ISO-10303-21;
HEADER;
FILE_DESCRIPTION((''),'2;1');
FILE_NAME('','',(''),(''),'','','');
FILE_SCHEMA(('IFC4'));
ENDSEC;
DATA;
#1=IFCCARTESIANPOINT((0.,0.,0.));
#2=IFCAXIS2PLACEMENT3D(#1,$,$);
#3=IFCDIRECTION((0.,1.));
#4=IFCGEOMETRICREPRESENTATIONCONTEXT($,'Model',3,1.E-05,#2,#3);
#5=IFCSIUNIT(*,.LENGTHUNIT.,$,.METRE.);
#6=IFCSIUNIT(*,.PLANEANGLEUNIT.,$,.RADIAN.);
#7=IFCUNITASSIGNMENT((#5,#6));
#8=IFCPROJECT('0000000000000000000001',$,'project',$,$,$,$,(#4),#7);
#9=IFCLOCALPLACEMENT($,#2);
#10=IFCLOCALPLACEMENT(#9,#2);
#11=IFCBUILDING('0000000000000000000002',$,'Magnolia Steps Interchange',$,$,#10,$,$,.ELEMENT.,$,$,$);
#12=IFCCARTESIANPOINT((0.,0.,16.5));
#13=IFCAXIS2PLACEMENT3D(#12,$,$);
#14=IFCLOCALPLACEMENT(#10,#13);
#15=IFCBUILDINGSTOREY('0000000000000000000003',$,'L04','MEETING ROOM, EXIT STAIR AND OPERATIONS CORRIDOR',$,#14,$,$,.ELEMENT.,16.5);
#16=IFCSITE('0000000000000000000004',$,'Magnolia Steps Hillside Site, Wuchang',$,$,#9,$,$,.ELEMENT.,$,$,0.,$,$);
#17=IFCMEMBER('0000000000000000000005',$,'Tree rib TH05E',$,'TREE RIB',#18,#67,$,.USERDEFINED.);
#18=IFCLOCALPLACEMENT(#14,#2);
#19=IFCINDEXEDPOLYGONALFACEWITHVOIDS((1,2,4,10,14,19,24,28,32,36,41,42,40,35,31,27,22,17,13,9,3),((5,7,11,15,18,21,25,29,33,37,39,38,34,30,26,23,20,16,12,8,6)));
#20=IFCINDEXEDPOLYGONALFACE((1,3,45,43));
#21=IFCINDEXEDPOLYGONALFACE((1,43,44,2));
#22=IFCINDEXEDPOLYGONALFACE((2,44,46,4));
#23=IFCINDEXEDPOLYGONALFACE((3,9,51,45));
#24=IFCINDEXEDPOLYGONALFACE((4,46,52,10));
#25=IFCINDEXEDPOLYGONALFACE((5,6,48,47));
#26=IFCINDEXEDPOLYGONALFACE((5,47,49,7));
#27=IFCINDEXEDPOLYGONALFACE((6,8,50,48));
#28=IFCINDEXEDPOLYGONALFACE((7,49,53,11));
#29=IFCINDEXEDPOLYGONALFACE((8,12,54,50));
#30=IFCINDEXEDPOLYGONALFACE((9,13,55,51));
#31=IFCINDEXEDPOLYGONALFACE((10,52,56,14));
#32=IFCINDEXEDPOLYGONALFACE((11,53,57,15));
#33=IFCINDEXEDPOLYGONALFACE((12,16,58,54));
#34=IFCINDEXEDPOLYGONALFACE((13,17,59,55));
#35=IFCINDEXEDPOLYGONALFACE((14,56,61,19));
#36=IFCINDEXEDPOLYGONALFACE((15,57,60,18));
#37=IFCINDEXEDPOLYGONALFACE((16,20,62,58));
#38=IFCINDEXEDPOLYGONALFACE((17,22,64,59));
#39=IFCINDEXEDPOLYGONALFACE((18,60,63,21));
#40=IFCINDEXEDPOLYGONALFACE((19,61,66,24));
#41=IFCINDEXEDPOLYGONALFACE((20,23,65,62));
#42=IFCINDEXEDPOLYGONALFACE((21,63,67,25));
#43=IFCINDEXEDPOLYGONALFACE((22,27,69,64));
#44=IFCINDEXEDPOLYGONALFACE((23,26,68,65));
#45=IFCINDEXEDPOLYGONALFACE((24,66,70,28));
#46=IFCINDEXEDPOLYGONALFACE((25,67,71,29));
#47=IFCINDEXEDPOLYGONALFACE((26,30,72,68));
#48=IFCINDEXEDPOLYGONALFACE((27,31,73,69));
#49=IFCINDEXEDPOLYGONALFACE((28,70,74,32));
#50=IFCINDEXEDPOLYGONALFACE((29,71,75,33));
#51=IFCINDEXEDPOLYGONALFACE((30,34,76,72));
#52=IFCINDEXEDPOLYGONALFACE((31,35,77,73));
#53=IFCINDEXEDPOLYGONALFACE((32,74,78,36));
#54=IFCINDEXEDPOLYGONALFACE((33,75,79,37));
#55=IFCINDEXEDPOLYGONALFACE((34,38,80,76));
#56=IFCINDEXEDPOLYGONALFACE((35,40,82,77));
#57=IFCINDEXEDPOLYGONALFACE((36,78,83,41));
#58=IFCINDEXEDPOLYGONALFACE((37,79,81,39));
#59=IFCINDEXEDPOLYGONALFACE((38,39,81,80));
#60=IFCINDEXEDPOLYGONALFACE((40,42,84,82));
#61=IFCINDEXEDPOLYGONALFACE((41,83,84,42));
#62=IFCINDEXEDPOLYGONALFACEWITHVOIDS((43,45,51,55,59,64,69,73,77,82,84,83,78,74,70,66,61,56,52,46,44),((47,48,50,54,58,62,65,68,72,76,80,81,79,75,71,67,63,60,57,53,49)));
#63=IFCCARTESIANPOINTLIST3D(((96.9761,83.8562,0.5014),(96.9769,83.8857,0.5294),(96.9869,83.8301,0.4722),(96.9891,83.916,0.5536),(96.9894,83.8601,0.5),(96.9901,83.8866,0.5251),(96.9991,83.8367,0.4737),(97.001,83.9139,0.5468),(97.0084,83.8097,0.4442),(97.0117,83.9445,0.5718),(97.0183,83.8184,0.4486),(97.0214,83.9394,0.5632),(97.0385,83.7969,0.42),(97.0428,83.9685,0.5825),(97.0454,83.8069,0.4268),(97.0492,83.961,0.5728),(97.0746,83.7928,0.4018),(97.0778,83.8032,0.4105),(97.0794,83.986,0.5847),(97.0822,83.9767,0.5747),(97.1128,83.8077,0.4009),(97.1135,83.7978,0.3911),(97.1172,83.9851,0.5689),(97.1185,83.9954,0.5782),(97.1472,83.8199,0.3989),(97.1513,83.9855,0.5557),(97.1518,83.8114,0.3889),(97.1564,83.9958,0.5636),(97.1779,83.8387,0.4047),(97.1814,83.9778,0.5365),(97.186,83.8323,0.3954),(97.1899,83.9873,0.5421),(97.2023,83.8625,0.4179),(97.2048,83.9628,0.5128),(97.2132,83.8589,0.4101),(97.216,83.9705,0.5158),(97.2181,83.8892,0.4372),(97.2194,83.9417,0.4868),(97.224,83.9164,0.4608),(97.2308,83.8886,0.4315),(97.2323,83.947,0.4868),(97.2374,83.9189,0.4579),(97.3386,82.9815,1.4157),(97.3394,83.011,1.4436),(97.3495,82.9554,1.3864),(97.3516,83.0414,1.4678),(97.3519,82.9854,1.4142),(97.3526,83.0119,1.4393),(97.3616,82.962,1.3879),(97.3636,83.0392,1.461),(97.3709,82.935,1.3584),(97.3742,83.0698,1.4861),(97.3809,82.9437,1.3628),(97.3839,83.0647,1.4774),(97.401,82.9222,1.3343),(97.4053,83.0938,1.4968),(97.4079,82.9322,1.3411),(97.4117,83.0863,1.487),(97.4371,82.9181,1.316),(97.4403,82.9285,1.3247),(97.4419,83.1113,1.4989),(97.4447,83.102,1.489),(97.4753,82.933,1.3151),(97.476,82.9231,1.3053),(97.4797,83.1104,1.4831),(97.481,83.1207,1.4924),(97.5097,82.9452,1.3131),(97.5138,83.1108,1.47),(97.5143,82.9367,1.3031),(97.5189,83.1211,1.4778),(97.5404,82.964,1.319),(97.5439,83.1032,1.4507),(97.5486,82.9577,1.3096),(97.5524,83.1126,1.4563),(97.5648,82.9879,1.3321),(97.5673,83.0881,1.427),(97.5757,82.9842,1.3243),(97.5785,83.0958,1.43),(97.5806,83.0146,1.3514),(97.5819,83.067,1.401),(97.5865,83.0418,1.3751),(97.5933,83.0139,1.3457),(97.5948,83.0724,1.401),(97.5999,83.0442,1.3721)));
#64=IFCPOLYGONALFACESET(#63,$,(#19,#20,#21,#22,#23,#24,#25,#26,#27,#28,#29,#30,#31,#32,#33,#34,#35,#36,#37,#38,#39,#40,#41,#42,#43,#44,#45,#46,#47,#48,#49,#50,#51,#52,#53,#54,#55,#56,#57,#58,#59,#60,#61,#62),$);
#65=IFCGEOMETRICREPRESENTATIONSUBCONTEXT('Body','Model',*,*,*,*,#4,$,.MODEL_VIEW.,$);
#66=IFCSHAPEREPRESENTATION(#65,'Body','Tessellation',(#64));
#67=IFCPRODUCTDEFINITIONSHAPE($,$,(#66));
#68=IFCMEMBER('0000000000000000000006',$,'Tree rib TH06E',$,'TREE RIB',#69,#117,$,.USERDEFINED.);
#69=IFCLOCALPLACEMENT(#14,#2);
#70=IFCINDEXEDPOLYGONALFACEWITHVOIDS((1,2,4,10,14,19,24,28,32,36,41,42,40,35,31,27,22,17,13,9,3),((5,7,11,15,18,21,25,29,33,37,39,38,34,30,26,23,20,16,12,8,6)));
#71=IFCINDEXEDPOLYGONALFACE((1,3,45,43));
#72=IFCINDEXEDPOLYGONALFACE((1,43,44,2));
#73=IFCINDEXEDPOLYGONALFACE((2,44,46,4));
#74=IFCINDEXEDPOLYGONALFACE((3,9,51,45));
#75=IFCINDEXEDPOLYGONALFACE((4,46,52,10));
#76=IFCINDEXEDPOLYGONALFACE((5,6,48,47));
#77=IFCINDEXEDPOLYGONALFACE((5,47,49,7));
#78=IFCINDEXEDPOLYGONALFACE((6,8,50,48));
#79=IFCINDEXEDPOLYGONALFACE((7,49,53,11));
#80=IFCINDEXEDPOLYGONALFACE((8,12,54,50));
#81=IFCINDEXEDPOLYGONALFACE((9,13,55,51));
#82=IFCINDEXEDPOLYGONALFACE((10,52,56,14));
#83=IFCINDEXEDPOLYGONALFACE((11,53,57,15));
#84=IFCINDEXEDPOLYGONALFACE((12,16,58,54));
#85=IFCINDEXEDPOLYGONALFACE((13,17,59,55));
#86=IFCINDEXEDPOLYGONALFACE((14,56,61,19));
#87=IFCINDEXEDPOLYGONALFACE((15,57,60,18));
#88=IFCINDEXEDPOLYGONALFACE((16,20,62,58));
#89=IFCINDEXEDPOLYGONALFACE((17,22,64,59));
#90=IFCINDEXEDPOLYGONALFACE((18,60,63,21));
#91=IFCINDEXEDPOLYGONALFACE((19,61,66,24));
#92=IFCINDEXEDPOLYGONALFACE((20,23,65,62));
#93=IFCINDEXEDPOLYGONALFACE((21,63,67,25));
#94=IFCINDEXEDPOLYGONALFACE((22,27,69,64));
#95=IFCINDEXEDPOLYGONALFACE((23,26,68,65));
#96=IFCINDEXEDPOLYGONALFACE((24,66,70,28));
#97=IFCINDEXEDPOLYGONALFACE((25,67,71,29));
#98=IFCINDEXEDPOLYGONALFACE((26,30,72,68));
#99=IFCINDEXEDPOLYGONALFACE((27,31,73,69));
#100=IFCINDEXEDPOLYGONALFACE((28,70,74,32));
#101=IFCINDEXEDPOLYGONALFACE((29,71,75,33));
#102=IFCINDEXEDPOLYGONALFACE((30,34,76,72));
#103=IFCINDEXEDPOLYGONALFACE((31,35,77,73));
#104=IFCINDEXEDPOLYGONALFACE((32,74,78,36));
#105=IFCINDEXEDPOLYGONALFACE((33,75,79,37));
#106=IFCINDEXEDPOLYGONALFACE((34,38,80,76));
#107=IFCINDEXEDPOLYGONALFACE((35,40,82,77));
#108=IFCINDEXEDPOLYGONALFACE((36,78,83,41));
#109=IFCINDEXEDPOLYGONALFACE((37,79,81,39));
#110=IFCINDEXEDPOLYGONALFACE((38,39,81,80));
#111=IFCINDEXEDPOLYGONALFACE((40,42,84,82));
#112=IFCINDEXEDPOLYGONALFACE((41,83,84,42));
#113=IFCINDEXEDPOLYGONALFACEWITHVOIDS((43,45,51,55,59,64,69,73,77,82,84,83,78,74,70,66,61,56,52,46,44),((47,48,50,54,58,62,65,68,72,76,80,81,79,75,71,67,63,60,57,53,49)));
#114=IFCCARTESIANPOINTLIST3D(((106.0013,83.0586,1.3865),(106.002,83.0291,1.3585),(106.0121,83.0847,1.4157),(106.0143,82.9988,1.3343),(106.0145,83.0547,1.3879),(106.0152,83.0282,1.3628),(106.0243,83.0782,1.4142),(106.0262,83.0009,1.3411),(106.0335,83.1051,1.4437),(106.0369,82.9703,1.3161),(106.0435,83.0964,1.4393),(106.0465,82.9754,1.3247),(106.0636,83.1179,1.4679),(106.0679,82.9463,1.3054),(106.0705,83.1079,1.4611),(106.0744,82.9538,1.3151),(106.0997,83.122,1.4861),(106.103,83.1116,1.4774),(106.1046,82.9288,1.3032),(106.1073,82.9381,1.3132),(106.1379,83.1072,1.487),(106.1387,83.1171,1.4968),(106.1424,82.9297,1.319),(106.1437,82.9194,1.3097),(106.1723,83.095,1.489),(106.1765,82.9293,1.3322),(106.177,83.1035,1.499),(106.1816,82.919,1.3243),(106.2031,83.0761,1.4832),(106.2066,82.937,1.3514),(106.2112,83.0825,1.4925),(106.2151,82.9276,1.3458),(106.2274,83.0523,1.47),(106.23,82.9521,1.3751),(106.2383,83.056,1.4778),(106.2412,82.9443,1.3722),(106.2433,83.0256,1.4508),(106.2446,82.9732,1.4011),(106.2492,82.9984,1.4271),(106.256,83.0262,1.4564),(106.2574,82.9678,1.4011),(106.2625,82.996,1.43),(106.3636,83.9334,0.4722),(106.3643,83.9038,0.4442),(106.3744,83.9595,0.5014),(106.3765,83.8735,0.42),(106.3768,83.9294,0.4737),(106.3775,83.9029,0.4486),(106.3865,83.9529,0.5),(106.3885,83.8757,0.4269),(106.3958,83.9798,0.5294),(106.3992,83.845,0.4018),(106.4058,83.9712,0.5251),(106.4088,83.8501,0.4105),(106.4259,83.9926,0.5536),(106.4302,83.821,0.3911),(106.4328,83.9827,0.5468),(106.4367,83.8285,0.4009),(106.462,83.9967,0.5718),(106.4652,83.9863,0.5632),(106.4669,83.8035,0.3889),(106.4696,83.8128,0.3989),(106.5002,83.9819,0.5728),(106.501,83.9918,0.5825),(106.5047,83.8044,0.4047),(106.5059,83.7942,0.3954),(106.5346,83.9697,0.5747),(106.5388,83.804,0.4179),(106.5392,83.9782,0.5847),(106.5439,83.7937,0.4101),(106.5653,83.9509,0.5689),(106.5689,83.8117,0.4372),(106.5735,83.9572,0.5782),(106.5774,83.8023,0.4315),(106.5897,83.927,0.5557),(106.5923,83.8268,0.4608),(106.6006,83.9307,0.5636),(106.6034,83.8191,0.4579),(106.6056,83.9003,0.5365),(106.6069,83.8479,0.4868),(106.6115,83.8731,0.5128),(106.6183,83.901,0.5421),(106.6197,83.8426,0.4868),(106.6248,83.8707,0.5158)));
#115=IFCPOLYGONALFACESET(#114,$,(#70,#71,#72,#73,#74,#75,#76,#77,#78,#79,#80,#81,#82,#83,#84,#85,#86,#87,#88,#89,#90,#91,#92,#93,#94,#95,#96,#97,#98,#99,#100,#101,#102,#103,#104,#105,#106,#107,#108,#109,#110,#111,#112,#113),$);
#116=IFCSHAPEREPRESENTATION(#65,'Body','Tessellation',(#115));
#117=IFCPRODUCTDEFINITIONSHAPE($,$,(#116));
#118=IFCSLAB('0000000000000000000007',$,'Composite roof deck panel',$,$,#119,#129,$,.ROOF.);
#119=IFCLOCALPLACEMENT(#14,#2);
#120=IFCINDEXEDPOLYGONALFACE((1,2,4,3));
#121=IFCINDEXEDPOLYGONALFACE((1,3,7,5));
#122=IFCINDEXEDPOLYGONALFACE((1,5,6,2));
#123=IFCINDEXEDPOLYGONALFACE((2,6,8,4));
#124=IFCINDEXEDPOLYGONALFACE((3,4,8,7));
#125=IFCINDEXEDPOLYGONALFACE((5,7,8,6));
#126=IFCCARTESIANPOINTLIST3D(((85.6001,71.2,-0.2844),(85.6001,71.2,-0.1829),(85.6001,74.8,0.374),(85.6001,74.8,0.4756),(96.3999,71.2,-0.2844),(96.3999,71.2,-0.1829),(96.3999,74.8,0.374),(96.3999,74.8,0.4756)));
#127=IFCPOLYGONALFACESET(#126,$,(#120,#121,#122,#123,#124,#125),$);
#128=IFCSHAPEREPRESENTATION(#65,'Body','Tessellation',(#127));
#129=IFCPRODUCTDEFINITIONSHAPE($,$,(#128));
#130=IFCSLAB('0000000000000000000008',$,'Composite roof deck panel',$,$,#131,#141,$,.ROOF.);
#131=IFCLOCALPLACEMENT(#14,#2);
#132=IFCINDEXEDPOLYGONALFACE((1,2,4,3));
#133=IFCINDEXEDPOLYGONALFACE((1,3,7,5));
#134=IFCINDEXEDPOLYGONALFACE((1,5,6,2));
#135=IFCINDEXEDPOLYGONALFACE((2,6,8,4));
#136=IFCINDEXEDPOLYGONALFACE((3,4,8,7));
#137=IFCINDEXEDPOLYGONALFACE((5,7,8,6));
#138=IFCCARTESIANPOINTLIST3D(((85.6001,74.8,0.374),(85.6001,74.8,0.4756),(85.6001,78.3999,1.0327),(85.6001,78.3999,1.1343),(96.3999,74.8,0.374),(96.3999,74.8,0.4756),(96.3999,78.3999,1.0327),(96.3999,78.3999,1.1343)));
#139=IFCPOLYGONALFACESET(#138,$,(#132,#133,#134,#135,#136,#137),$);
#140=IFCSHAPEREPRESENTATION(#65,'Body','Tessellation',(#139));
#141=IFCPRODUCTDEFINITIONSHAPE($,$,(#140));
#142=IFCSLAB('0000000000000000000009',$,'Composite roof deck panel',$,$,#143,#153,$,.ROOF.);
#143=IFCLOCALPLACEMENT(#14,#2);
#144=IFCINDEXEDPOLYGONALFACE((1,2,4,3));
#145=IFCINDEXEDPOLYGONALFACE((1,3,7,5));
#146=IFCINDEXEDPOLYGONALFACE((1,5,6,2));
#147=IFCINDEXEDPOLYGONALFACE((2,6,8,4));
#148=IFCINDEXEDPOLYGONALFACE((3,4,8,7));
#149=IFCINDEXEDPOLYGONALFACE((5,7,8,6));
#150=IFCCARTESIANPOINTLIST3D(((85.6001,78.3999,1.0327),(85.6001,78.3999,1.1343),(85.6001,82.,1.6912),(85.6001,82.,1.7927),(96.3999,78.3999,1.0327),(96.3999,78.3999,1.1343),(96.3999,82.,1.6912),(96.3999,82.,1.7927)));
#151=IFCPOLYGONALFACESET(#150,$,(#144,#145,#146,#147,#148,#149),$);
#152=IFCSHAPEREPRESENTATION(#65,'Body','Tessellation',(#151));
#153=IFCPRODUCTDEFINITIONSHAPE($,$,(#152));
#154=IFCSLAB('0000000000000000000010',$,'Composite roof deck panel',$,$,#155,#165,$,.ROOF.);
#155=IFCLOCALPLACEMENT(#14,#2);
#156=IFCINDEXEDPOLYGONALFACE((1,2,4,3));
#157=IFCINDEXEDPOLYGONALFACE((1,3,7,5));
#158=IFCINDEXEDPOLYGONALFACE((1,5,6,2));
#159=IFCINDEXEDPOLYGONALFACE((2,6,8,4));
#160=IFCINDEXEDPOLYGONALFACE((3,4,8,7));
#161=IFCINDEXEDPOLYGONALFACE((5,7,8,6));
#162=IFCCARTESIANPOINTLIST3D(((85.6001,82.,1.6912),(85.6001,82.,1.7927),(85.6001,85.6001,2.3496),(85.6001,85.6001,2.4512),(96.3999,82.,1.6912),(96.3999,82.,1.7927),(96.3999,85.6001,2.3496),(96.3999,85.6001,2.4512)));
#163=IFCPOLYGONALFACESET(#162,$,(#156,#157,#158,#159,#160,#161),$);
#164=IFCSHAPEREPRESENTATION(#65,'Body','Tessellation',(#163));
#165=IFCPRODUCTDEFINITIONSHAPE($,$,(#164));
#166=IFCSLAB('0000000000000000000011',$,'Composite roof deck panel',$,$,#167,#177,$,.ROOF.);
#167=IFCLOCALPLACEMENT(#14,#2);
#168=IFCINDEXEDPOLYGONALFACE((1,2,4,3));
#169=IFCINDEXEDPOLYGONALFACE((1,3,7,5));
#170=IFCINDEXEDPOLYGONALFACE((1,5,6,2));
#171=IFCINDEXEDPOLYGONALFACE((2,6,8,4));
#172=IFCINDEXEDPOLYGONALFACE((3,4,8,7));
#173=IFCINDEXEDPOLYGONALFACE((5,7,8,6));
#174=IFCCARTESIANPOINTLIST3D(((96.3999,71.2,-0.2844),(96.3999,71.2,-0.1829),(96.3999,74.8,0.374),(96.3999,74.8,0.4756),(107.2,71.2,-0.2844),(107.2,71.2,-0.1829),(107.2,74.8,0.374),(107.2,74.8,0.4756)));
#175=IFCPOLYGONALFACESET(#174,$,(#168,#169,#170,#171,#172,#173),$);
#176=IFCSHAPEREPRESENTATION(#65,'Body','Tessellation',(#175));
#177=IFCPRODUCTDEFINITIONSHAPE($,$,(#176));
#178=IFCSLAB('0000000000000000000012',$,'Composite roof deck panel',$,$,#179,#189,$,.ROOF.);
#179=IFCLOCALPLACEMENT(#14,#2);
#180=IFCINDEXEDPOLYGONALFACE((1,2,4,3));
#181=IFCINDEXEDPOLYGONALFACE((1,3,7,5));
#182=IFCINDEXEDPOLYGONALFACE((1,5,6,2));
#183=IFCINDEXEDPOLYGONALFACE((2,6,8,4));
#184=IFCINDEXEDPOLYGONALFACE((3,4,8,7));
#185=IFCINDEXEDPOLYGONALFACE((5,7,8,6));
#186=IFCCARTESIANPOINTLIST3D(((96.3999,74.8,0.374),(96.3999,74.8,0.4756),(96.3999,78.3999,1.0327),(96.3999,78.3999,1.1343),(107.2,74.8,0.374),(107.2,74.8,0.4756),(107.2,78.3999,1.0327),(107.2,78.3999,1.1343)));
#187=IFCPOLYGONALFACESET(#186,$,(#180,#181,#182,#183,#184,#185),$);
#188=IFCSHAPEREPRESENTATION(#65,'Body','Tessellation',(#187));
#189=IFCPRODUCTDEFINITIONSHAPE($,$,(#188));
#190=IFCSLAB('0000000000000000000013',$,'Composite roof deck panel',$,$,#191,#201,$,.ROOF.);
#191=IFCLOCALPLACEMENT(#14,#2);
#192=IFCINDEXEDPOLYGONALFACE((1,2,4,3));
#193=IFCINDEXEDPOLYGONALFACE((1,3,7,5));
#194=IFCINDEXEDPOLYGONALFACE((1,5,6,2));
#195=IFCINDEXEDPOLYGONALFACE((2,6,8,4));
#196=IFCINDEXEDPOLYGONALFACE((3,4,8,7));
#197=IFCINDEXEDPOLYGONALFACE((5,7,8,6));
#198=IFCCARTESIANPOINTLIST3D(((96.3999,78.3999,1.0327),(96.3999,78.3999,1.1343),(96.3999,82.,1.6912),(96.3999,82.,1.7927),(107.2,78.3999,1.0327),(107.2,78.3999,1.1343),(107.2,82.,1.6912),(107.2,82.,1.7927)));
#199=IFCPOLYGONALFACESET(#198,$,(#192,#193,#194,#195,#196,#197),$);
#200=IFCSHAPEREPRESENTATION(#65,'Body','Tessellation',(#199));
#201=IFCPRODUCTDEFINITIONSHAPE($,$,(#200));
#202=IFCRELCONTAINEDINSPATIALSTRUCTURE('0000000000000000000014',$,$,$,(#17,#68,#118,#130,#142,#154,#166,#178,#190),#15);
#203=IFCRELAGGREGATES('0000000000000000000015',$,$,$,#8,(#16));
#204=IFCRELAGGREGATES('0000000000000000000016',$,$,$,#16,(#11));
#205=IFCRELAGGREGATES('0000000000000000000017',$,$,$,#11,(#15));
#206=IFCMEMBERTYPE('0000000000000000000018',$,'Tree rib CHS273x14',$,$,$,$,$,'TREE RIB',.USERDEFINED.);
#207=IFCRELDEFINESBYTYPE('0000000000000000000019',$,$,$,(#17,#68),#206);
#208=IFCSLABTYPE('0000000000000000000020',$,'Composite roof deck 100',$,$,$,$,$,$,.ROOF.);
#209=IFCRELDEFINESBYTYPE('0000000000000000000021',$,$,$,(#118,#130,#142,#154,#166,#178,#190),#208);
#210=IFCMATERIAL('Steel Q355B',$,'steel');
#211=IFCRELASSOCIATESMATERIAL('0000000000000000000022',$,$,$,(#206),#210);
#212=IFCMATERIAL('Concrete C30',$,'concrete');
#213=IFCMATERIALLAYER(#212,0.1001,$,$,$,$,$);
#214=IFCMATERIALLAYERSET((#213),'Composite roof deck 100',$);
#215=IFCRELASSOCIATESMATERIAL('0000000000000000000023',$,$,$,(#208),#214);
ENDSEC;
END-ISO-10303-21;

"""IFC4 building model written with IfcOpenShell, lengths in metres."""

from ifc_helpers import new_model, si_unit, direction, frame, origin, origin_2d, place, context, subcontext, project, spatial, polyline, hollow_circle, outline, extrude, material, layer, layer_set, material_profile, profile_set, type_object, element, save


model = new_model("IFC4")

# Units and contexts
model_context = context("Model", 3, precision=1e-05, world=origin(), true_north=direction((0.0, 1.0)))
body_context = subcontext(model_context, "Body", "Model", "MODEL_VIEW")
ifc_project = project(units=[si_unit("LENGTHUNIT", "METRE"), si_unit("PLANEANGLEUNIT", "RADIAN")], contexts=[model_context])

# Site, building, storey
site_placement = place(None, origin())
site = spatial("IfcSite", under=ifc_project, at=site_placement, Name="Magnolia Steps Hillside Site, Wuchang", CompositionType="ELEMENT", RefElevation=0.0)
building_placement = place(site_placement, origin())
building = spatial("IfcBuilding", under=site, at=building_placement, Name="Magnolia Steps Interchange", CompositionType="ELEMENT")
storey_placement = place(building_placement, frame((0.0, 0.0, 16.5)))
storey = spatial("IfcBuildingStorey", under=building, at=storey_placement, Name="L04", Description="MEETING ROOM, EXIT STAIR AND OPERATIONS CORRIDOR", CompositionType="ELEMENT", Elevation=16.5)

# Members
ifc_material_1 = material(Name="Steel Q355B", Category="steel")
ifc_material_profile_1 = material_profile(ifc_material_1, hollow_circle(Radius=0.1365, WallThickness=0.0139, at=origin_2d()), Name="CHS273x14")
ifc_profile_set_1 = profile_set([ifc_material_profile_1], Name="Steel Q355B")
member_type_1 = type_object("IfcMemberType", Name="Tree rib CHS273x14", ElementType="TREE RIB", PredefinedType="USERDEFINED", material=ifc_profile_set_1)
for number, where, z_axis, x_axis, name in (
    (1, (97.1062, 83.8948, 0.4868), (0.275434, -0.664566, 0.694613), (0.9238, 0.382876, 0.0), "Tree rib TH05E"),
    (2, (106.4937, 83.8948, 0.4868), (-0.275263, -0.6646, 0.694649), (0.923891, -0.382655, 0.0), "Tree rib TH06E"),
):
    element("IfcMember", number, at=place(storey_placement, frame(where, z_axis=z_axis, x_axis=x_axis)), inside=storey, type_object=member_type_1, Name=name, ObjectType="TREE RIB", PredefinedType="USERDEFINED", context=body_context, shape_type="SweptSolid", body=[
        extrude(hollow_circle(Radius=0.1365, WallThickness=0.0139, at=origin_2d()), origin(), (0.0, 0.0, 1.0), 1.3162),
    ])

# Slabs
ifc_material_2 = material(Name="Concrete C30", Category="concrete")
ifc_layer = layer(ifc_material_2, 0.1001)
ifc_layer_set = layer_set([ifc_layer], Name="Composite roof deck 100")
slab_type = type_object("IfcSlabType", Name="Composite roof deck 100", PredefinedType="ROOF", material=ifc_layer_set)
slab_1_placement = place(storey_placement, frame((96.3999, 71.2, -0.1829), z_axis=(0.0, -0.179913, 0.983683), x_axis=(0.0, 0.983683, 0.179913)))
element("IfcSlab", 3, at=slab_1_placement, inside=storey, type_object=slab_type, Name="Composite roof deck panel", PredefinedType="ROOF", context=body_context, shape_type="SweptSolid", body=[
    extrude(outline(polyline([(0.0, 0.0), (3.6598, 0.0), (3.6598, 10.7998), (0.0, 10.7998), (0.0, 0.0)])), origin(), (-0.179913, 0.0, -0.983683), 0.1016),
])
slab_2_placement = place(storey_placement, frame((96.3999, 74.8, 0.4756), z_axis=(0.0, -0.179989, 0.983669), x_axis=(0.0, 0.983669, 0.179989)))
element("IfcSlab", 4, at=slab_2_placement, inside=storey, type_object=slab_type, Name="Composite roof deck panel", PredefinedType="ROOF", context=body_context, shape_type="SweptSolid", body=[
    extrude(outline(polyline([(0.0, 0.0), (3.6596, 0.0), (3.6596, 10.7998), (0.0, 10.7998), (0.0, 0.0)])), origin(), (-0.179989, 0.0, -0.983669), 0.1016),
])
for number, where, z_axis, x_axis, name in (
    (5, (96.3999, 78.3999, 1.1343), (0.0, -0.179913, 0.983683), (0.0, 0.983683, 0.179913), "Composite roof deck panel"),
    (6, (96.3999, 82.0, 1.7927), (0.0, -0.179913, 0.983683), (0.0, 0.983683, 0.179913), "Composite roof deck panel"),
):
    element("IfcSlab", number, at=place(storey_placement, frame(where, z_axis=z_axis, x_axis=x_axis)), inside=storey, type_object=slab_type, Name=name, PredefinedType="ROOF", context=body_context, shape_type="SweptSolid", body=[
        extrude(outline(polyline([(0.0, 0.0), (3.6598, 0.0), (3.6598, 10.7998), (0.0, 10.7998), (0.0, 0.0)])), origin(), (-0.179913, 0.0, -0.983683), 0.1016),
    ])
slab_3_placement = place(storey_placement, frame((107.2, 71.2, -0.1829), z_axis=(0.0, -0.179913, 0.983683), x_axis=(0.0, 0.983683, 0.179913)))
element("IfcSlab", 7, at=slab_3_placement, inside=storey, type_object=slab_type, Name="Composite roof deck panel", PredefinedType="ROOF", context=body_context, shape_type="SweptSolid", body=[
    extrude(outline(polyline([(0.0, 0.0), (3.6598, 0.0), (3.6598, 10.8), (0.0, 10.8), (0.0, 0.0)])), origin(), (-0.179913, 0.0, -0.983683), 0.1016),
])
slab_4_placement = place(storey_placement, frame((107.2, 74.8, 0.4756), z_axis=(0.0, -0.179989, 0.983669), x_axis=(0.0, 0.983669, 0.179989)))
element("IfcSlab", 8, at=slab_4_placement, inside=storey, type_object=slab_type, Name="Composite roof deck panel", PredefinedType="ROOF", context=body_context, shape_type="SweptSolid", body=[
    extrude(outline(polyline([(0.0, 0.0), (3.6596, 0.0), (3.6596, 10.8), (0.0, 10.8), (0.0, 0.0)])), origin(), (-0.179989, 0.0, -0.983669), 0.1016),
])
slab_5_placement = place(storey_placement, frame((107.2, 78.3999, 1.1343), z_axis=(0.0, -0.179913, 0.983683), x_axis=(0.0, 0.983683, 0.179913)))
element("IfcSlab", 9, at=slab_5_placement, inside=storey, type_object=slab_type, Name="Composite roof deck panel", PredefinedType="ROOF", context=body_context, shape_type="SweptSolid", body=[
    extrude(outline(polyline([(0.0, 0.0), (3.6598, 0.0), (3.6598, 10.8), (0.0, 10.8), (0.0, 0.0)])), origin(), (-0.179913, 0.0, -0.983683), 0.1016),
])

save(model, "model.ifc")
